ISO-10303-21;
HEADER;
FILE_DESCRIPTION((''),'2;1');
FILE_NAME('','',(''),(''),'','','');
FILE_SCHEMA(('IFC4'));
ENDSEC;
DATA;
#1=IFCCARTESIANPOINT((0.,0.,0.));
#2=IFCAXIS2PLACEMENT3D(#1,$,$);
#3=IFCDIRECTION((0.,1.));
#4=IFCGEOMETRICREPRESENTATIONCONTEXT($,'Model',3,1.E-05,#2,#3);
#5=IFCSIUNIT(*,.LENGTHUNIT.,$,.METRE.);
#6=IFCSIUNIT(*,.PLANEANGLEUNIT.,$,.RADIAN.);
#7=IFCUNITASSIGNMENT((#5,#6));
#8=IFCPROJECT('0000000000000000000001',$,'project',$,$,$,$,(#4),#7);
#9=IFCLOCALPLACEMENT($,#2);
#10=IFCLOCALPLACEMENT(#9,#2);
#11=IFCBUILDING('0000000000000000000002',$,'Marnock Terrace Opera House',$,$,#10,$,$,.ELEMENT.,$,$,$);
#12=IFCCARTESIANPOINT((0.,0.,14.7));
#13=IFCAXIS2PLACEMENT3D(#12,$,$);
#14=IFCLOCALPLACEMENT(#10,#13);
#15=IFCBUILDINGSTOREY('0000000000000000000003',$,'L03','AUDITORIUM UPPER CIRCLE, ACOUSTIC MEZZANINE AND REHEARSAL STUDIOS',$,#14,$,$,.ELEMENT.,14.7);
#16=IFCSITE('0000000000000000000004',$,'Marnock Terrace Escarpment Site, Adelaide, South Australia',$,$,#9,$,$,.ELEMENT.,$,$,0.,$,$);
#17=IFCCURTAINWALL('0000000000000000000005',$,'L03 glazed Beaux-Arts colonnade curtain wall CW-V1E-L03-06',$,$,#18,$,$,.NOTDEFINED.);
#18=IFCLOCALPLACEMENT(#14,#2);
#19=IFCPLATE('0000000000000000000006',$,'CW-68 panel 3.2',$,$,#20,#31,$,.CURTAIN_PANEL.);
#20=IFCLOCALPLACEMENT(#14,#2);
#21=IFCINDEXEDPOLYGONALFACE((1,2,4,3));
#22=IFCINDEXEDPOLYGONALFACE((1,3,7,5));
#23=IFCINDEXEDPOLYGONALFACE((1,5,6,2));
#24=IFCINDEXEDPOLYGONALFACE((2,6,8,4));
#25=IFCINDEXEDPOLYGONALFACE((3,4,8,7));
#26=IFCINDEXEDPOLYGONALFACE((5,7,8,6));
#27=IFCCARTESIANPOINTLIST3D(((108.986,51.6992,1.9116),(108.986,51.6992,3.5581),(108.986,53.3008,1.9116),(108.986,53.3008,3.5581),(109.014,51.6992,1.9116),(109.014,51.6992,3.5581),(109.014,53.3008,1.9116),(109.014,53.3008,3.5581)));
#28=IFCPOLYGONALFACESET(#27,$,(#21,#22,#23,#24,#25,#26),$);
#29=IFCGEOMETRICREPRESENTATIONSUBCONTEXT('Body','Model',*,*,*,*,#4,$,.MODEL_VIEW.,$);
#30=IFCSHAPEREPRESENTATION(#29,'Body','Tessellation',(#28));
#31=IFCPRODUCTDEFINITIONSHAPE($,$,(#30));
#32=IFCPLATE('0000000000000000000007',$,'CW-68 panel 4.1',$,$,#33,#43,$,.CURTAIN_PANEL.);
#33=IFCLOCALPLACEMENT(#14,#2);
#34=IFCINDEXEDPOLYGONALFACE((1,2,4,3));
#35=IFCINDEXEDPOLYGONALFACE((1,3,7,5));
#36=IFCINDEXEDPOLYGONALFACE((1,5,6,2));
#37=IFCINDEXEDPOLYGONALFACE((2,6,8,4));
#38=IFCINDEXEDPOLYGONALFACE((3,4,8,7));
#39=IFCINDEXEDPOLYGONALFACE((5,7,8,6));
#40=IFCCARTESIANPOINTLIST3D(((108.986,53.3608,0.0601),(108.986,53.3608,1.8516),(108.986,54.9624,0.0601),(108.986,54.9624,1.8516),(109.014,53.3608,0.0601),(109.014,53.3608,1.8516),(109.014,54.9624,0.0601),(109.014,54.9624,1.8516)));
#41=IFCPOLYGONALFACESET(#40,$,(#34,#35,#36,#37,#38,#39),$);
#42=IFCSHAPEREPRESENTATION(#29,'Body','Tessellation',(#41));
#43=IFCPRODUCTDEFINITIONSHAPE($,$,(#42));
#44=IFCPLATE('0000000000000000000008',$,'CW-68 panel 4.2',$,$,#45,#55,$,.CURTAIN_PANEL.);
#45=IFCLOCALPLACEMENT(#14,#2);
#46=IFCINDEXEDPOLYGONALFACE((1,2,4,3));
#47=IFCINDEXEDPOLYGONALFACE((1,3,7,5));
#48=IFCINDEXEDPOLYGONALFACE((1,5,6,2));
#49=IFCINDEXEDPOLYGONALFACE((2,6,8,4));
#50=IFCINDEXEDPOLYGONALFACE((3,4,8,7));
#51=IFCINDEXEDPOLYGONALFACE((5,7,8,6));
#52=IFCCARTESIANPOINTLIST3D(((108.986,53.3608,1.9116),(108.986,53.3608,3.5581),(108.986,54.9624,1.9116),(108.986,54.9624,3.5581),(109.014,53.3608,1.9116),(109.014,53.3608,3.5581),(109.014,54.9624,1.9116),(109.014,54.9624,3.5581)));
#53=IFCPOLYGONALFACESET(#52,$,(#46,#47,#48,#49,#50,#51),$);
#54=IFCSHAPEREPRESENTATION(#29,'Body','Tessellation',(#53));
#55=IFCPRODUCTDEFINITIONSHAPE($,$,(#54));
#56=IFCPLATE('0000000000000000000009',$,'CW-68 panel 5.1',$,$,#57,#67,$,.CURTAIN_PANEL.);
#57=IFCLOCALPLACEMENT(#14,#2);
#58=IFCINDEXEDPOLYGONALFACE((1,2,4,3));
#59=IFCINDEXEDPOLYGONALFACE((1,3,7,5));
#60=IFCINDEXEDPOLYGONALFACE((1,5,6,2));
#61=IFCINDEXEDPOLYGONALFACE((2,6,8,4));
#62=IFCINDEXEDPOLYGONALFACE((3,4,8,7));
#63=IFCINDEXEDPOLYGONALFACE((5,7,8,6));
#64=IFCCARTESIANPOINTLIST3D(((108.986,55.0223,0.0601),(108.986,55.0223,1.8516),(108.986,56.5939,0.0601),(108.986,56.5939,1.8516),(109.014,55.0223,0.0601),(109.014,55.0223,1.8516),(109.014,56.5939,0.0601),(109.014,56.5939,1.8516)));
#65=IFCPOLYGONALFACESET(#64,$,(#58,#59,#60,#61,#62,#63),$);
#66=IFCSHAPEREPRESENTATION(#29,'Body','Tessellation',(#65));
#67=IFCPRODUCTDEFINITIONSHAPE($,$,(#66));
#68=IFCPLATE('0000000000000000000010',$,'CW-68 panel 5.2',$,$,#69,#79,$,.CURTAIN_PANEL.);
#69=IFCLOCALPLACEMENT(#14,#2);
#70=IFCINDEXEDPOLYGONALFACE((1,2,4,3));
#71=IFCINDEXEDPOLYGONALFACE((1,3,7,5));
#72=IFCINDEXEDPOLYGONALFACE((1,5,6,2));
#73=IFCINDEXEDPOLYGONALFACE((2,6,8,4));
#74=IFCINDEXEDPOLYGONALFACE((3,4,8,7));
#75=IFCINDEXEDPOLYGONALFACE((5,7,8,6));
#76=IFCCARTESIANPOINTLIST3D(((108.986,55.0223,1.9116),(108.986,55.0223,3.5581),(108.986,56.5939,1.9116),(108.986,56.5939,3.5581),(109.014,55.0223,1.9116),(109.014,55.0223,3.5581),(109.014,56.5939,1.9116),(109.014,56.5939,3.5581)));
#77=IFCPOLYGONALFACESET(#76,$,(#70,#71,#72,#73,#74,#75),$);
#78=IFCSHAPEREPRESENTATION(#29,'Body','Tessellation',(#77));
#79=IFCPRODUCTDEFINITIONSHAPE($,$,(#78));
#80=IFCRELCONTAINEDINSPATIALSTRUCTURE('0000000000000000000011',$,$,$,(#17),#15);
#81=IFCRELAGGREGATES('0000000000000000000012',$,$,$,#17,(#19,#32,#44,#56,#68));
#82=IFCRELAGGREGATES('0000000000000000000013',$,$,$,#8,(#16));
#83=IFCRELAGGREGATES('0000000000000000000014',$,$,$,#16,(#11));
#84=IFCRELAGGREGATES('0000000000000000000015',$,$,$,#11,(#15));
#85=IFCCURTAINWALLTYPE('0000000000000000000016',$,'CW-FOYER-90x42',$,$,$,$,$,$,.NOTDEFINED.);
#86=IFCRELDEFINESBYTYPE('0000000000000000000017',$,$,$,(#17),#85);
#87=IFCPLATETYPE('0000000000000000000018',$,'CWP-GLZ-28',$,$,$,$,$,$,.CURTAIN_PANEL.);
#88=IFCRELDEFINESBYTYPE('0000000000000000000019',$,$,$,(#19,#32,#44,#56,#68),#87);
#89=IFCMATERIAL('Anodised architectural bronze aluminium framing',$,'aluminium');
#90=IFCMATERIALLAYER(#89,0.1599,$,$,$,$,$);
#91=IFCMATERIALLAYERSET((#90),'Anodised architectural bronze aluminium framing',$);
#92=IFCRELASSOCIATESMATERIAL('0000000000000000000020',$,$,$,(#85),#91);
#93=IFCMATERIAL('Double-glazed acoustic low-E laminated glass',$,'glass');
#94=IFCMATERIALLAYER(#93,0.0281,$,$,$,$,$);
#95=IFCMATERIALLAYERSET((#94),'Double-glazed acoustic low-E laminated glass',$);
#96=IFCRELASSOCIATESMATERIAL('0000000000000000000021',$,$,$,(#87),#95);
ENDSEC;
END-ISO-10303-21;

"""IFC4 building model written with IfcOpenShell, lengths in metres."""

from ifc_helpers import new_model, si_unit, direction, frame, origin, origin_2d, place, context, subcontext, project, spatial, rectangle, extrude, material, layer, layer_set, type_object, element, aggregate, save


model = new_model("IFC4")

# Units and contexts
model_context = context("Model", 3, precision=1e-05, world=origin(), true_north=direction((0.0, 1.0)))
body_context = subcontext(model_context, "Body", "Model", "MODEL_VIEW")
ifc_project = project(units=[si_unit("LENGTHUNIT", "METRE"), si_unit("PLANEANGLEUNIT", "RADIAN")], contexts=[model_context])

# Site, building, storey
site_placement = place(None, origin())
site = spatial("IfcSite", under=ifc_project, at=site_placement, Name="Marnock Terrace Escarpment Site, Adelaide, South Australia", CompositionType="ELEMENT", RefElevation=0.0)
building_placement = place(site_placement, origin())
building = spatial("IfcBuilding", under=site, at=building_placement, Name="Marnock Terrace Opera House", CompositionType="ELEMENT")
storey_placement = place(building_placement, frame((0.0, 0.0, 14.7)))
storey = spatial("IfcBuildingStorey", under=building, at=storey_placement, Name="L03", Description="AUDITORIUM UPPER CIRCLE, ACOUSTIC MEZZANINE AND REHEARSAL STUDIOS", CompositionType="ELEMENT", Elevation=14.7)

# Shared definitions
ifc_material_1 = material(Name="Anodised architectural bronze aluminium framing", Category="aluminium")

# Curtain wall, plates
ifc_layer_1 = layer(ifc_material_1, 0.1599)
ifc_layer_set_1 = layer_set([ifc_layer_1], Name="Anodised architectural bronze aluminium framing")
curtain_wall_type_1 = type_object("IfcCurtainWallType", Name="CW-FOYER-90x42", PredefinedType="NOTDEFINED", material=ifc_layer_set_1)
curtain_wall_1_placement = place(storey_placement, origin())
curtain_wall_1 = element("IfcCurtainWall", 1, at=curtain_wall_1_placement, inside=storey, type_object=curtain_wall_type_1, Name="L03 glazed Beaux-Arts colonnade curtain wall CW-V1E-L03-06", PredefinedType="NOTDEFINED")
ifc_material_2 = material(Name="Double-glazed acoustic low-E laminated glass", Category="glass")
ifc_layer_2 = layer(ifc_material_2, 0.0281)
ifc_layer_set_2 = layer_set([ifc_layer_2], Name="Double-glazed acoustic low-E laminated glass")
plate_type = type_object("IfcPlateType", Name="CWP-GLZ-28", PredefinedType="CURTAIN_PANEL", material=ifc_layer_set_2)
plate_1_placement = place(storey_placement, frame((109.0, 52.5, 1.9116), z_axis=(0.0, 0.0, 1.0), x_axis=(0.0, 1.0, 0.0)))
plate_1 = element("IfcPlate", 2, at=plate_1_placement, type_object=plate_type, Name="CW-68 panel 3.2", PredefinedType="CURTAIN_PANEL", context=body_context, shape_type="SweptSolid", body=[
    extrude(rectangle(XDim=1.6016, YDim=0.0281, at=origin_2d()), origin(), (0.0, 0.0, 1.0), 1.6465),
])
plate_2_placement = place(storey_placement, frame((109.0, 54.1616, 0.0601), z_axis=(0.0, 0.0, 1.0), x_axis=(0.0, 1.0, 0.0)))
plate_2 = element("IfcPlate", 3, at=plate_2_placement, type_object=plate_type, Name="CW-68 panel 4.1", PredefinedType="CURTAIN_PANEL", context=body_context, shape_type="SweptSolid", body=[
    extrude(rectangle(XDim=1.6016, YDim=0.0281, at=origin_2d()), origin(), (0.0, 0.0, 1.0), 1.7915),
])
plate_3_placement = place(storey_placement, frame((109.0, 54.1616, 1.9116), z_axis=(0.0, 0.0, 1.0), x_axis=(0.0, 1.0, 0.0)))
plate_3 = element("IfcPlate", 4, at=plate_3_placement, type_object=plate_type, Name="CW-68 panel 4.2", PredefinedType="CURTAIN_PANEL", context=body_context, shape_type="SweptSolid", body=[
    extrude(rectangle(XDim=1.6016, YDim=0.0281, at=origin_2d()), origin(), (0.0, 0.0, 1.0), 1.6465),
])
plate_4_placement = place(storey_placement, frame((109.0, 55.8081, 0.0601), z_axis=(0.0, 0.0, 1.0), x_axis=(0.0, 1.0, 0.0)))
plate_4 = element("IfcPlate", 5, at=plate_4_placement, type_object=plate_type, Name="CW-68 panel 5.1", PredefinedType="CURTAIN_PANEL", context=body_context, shape_type="SweptSolid", body=[
    extrude(rectangle(XDim=1.5715, YDim=0.0281, at=origin_2d()), origin(), (0.0, 0.0, 1.0), 1.7915),
])
plate_5_placement = place(storey_placement, frame((109.0, 55.8081, 1.9116), z_axis=(0.0, 0.0, 1.0), x_axis=(0.0, 1.0, 0.0)))
plate_5 = element("IfcPlate", 6, at=plate_5_placement, type_object=plate_type, Name="CW-68 panel 5.2", PredefinedType="CURTAIN_PANEL", context=body_context, shape_type="SweptSolid", body=[
    extrude(rectangle(XDim=1.5715, YDim=0.0281, at=origin_2d()), origin(), (0.0, 0.0, 1.0), 1.6465),
])
aggregate(curtain_wall_1, [plate_1, plate_2, plate_3, plate_4, plate_5])

save(model, "model.ifc")
